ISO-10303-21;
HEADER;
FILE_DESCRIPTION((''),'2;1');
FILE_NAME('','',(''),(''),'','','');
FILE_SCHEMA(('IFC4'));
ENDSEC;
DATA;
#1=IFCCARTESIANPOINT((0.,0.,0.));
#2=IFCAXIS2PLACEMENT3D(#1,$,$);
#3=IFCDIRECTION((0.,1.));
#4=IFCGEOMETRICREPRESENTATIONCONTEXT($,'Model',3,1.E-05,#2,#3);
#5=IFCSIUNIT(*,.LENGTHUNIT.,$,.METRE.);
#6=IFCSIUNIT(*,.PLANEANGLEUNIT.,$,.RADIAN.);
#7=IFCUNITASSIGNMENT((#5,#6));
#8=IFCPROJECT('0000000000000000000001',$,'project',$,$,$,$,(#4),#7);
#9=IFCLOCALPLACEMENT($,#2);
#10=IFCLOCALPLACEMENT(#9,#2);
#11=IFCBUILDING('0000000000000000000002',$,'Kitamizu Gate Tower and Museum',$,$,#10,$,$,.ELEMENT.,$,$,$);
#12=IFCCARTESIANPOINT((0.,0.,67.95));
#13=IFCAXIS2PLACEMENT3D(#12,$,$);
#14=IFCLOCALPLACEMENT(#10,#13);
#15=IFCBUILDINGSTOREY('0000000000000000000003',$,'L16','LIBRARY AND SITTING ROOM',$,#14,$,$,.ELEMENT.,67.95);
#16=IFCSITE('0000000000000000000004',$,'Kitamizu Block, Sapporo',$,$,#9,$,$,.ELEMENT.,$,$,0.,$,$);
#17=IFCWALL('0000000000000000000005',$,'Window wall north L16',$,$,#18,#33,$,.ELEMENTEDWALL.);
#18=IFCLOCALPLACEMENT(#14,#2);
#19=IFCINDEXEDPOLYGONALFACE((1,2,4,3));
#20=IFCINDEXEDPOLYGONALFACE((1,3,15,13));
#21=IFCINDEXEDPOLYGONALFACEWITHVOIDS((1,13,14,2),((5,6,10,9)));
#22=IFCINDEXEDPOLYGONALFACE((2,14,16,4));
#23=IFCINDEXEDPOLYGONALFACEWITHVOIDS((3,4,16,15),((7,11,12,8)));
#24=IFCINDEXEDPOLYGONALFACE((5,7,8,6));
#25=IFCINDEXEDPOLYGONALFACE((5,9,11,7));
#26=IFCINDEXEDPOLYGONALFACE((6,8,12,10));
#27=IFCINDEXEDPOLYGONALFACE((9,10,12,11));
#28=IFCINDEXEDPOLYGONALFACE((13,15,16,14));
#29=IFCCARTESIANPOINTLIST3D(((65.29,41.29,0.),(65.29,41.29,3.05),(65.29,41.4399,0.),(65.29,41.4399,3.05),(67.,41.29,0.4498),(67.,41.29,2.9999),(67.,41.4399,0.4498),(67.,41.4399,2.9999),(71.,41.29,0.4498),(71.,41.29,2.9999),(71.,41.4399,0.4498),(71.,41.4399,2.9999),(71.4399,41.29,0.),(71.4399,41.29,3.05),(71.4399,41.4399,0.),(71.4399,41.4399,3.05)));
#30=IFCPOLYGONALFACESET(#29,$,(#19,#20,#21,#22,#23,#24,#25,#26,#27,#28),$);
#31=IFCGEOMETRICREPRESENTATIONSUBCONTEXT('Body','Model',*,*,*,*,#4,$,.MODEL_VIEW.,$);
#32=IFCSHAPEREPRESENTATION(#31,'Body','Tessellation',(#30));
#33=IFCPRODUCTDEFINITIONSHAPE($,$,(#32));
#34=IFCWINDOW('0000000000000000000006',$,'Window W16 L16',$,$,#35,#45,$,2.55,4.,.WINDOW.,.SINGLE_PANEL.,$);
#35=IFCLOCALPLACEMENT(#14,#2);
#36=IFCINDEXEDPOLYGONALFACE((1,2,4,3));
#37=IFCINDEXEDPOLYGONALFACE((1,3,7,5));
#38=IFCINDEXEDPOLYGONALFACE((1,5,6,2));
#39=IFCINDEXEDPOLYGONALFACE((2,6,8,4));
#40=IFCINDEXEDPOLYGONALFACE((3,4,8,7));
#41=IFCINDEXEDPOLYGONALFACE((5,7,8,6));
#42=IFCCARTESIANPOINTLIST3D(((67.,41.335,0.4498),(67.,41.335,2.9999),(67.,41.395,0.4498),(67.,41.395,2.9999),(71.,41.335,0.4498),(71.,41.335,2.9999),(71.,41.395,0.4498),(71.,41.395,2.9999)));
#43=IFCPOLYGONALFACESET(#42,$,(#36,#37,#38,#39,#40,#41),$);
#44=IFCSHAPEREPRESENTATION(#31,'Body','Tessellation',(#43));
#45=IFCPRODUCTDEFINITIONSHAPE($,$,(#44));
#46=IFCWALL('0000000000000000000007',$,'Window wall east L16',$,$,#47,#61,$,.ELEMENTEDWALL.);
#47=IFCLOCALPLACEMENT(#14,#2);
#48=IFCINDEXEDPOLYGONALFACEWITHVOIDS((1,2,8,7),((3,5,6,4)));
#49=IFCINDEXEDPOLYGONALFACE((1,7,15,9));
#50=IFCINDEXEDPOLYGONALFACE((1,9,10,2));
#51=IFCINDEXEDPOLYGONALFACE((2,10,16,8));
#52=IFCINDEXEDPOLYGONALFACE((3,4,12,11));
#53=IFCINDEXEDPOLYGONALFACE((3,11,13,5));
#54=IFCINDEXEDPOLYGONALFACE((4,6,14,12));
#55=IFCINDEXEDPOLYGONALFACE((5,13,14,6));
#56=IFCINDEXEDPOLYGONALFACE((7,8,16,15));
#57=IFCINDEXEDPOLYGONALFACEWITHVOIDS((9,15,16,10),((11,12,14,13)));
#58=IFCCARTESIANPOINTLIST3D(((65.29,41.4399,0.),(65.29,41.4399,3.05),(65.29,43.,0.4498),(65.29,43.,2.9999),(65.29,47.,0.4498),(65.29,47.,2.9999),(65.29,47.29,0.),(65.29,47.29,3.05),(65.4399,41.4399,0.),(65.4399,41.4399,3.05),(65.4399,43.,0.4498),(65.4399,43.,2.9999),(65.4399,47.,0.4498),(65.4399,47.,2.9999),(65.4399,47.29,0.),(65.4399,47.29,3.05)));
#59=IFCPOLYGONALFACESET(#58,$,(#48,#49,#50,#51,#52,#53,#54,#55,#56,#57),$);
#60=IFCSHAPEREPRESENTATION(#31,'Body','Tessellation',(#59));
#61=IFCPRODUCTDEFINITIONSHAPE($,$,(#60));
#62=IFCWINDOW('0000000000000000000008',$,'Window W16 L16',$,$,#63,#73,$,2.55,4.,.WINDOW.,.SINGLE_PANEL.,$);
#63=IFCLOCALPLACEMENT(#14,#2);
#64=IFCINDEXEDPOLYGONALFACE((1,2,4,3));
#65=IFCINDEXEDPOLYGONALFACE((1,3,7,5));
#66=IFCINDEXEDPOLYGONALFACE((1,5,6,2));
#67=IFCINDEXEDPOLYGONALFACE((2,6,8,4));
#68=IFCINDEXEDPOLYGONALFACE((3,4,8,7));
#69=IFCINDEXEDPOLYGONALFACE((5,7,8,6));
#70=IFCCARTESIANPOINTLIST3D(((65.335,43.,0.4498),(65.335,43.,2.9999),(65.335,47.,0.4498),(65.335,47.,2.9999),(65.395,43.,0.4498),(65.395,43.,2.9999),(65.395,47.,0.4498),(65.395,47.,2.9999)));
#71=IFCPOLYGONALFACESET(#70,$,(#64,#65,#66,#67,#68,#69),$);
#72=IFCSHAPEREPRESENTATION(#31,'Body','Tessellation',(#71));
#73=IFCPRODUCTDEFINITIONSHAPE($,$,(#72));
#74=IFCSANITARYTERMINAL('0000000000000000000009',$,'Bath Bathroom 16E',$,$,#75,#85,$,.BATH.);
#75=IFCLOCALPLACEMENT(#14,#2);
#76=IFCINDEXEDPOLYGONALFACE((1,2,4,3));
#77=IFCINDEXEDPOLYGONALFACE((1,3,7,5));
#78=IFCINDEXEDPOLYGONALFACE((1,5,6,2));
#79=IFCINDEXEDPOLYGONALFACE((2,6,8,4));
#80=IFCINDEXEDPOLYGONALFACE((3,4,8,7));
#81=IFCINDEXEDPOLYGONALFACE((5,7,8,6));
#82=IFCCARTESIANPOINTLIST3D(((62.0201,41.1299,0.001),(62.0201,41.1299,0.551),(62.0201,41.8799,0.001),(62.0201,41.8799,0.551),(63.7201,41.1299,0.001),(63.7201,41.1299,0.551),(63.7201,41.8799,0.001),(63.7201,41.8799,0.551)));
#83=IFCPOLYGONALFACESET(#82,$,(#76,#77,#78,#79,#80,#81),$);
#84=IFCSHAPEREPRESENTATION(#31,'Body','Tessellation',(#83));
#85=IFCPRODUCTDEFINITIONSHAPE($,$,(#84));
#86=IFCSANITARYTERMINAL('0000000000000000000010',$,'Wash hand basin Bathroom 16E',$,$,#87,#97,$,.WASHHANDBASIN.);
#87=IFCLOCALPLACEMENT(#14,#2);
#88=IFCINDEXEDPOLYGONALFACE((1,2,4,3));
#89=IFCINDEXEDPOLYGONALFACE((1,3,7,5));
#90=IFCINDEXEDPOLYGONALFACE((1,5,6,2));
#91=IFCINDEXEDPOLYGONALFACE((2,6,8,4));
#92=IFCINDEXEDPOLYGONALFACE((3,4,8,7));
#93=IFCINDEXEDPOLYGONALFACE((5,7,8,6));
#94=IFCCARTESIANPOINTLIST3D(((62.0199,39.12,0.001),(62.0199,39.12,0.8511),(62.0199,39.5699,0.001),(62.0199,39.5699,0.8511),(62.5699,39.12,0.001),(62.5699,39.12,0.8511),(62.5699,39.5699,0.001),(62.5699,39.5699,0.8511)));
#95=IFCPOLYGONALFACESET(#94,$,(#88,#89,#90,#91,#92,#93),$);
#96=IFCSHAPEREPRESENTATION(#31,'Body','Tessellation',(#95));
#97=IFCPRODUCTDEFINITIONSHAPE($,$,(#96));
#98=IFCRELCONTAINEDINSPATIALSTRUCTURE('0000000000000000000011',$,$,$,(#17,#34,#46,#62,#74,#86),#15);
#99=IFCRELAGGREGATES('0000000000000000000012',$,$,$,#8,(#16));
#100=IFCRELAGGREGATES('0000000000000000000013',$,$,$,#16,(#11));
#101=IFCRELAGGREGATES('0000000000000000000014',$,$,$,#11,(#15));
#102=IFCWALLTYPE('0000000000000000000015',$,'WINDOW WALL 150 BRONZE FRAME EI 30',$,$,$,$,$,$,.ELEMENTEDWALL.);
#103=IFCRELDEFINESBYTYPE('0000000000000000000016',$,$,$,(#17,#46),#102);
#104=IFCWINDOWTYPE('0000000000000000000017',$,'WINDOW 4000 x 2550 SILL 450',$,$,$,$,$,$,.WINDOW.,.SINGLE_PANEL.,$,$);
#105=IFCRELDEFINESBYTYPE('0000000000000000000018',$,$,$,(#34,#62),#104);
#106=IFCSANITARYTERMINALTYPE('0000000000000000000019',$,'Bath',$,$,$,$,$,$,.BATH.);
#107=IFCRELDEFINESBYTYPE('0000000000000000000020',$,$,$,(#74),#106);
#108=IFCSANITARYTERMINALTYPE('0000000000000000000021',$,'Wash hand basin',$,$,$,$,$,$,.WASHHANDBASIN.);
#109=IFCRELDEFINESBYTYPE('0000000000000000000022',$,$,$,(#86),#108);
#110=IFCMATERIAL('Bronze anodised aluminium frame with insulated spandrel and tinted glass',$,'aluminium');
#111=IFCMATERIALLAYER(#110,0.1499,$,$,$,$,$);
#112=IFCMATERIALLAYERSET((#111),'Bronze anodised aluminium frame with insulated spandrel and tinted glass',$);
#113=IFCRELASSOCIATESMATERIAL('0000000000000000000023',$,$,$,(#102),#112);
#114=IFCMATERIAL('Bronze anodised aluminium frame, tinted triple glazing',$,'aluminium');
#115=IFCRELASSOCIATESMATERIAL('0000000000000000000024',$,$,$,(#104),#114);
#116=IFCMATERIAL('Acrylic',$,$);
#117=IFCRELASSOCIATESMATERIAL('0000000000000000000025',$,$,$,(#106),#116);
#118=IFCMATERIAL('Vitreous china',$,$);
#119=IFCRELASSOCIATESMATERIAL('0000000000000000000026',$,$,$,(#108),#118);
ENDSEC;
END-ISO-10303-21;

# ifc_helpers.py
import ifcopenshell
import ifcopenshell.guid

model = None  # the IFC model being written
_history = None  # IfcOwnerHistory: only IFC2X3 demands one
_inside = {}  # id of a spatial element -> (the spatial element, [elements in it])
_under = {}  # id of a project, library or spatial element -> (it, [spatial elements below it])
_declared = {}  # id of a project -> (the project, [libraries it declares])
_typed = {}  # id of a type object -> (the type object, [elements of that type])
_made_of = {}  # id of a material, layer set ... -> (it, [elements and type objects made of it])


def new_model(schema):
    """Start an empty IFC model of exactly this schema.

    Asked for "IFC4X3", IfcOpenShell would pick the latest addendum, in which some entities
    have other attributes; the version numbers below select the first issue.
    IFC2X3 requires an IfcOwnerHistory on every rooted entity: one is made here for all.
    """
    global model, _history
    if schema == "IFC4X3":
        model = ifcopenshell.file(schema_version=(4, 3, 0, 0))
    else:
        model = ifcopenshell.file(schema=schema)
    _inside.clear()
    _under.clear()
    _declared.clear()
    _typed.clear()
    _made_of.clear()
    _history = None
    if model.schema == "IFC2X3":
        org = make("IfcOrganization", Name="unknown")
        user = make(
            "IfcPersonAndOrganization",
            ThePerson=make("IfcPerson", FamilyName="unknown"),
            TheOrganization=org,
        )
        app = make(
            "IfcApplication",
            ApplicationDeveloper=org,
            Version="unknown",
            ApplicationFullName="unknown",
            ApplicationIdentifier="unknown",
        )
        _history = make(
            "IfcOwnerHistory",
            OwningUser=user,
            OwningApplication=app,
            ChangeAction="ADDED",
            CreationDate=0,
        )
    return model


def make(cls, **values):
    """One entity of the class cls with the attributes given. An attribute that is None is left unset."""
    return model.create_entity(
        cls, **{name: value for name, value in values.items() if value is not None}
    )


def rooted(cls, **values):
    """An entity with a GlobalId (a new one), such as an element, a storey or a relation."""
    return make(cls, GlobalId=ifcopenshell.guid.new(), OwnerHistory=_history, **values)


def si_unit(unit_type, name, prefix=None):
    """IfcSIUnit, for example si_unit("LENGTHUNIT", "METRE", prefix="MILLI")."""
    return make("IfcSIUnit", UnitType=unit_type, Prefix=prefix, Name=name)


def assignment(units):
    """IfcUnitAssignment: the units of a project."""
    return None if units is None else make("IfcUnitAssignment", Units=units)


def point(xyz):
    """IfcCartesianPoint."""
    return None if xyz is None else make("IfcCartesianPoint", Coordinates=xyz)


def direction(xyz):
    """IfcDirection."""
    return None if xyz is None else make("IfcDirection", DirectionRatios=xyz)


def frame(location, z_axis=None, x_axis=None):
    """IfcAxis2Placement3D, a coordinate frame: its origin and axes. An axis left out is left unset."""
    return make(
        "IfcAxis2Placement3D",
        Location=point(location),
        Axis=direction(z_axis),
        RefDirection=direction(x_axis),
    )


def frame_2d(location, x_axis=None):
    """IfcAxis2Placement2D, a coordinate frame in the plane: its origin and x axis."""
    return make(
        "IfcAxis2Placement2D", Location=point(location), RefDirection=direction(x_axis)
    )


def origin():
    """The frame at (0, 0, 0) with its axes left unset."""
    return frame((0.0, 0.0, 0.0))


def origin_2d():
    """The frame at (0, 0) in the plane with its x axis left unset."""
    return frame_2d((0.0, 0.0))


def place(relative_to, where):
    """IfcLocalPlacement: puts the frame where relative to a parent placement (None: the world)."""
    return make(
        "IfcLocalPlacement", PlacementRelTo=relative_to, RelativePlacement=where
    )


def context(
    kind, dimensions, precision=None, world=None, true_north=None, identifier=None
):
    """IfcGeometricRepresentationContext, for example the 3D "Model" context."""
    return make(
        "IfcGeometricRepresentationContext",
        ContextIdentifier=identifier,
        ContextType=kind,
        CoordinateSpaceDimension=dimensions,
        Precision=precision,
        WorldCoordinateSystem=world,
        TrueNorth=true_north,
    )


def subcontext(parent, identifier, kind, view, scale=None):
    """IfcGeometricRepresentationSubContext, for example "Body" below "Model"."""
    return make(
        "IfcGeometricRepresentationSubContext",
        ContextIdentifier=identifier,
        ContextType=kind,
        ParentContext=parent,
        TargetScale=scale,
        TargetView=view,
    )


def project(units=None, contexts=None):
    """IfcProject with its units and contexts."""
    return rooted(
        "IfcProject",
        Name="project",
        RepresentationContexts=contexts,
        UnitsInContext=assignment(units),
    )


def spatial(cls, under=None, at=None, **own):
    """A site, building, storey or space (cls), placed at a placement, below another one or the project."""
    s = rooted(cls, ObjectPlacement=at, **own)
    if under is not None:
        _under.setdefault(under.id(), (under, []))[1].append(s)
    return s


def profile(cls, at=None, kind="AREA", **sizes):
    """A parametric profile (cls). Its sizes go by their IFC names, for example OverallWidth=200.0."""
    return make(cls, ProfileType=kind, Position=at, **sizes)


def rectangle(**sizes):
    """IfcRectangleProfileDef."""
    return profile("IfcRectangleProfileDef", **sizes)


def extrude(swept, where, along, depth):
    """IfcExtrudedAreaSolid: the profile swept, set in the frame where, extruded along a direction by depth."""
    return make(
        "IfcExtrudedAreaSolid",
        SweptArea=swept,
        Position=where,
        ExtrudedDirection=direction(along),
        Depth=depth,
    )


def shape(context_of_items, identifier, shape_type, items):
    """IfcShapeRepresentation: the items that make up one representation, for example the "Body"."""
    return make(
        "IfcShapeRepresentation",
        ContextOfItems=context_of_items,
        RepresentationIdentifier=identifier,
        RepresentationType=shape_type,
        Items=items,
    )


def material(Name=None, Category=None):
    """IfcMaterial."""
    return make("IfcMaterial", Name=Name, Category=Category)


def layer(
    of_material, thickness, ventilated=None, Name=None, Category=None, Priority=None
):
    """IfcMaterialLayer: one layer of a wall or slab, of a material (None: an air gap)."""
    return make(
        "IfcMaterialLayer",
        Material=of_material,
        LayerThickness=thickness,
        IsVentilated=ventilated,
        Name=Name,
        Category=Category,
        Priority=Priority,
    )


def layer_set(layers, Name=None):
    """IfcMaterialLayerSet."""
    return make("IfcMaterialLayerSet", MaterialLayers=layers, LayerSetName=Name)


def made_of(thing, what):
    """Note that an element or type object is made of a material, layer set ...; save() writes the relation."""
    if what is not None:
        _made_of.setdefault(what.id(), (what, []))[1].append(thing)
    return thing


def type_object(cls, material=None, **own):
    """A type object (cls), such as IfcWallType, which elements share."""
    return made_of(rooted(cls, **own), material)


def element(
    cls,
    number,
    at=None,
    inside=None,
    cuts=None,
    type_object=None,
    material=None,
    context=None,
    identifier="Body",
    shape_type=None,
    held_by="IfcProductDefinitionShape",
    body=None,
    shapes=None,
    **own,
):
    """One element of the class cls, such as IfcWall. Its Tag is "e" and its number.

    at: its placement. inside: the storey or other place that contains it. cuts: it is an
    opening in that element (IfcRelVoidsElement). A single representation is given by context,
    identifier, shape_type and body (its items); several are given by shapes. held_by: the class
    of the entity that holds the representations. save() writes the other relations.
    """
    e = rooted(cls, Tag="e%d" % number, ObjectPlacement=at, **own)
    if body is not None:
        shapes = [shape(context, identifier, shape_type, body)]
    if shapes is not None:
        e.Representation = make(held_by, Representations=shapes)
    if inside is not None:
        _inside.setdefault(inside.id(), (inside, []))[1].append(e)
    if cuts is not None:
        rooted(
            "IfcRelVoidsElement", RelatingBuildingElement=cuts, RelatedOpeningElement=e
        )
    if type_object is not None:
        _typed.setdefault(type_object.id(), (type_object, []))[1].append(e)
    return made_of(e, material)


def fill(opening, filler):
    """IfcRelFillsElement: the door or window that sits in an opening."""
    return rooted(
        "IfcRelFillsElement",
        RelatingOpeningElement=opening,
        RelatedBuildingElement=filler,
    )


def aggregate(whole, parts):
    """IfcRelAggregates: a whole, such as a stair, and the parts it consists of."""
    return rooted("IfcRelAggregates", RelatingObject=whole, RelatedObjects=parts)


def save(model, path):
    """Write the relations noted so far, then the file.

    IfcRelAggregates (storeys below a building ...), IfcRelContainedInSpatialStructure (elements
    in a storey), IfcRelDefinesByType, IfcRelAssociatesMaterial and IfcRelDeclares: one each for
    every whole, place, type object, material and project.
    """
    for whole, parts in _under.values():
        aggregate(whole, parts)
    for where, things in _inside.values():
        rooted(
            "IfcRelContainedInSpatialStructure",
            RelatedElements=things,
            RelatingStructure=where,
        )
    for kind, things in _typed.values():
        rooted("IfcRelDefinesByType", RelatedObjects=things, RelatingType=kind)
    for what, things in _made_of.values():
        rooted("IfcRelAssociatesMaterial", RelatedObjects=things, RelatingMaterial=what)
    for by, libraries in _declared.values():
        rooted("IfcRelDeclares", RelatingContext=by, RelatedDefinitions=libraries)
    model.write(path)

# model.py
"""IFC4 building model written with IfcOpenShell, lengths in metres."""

from ifc_helpers import new_model, si_unit, direction, frame, frame_2d, origin, origin_2d, place, context, subcontext, project, spatial, rectangle, extrude, material, layer, layer_set, type_object, element, fill, save


model = new_model("IFC4")

# Units and contexts
model_context = context("Model", 3, precision=1e-05, world=origin(), true_north=direction((0.0, 1.0)))
body_context = subcontext(model_context, "Body", "Model", "MODEL_VIEW")
ifc_project = project(units=[si_unit("LENGTHUNIT", "METRE"), si_unit("PLANEANGLEUNIT", "RADIAN")], contexts=[model_context])

# Site, building, storey
site_placement = place(None, origin())
site = spatial("IfcSite", under=ifc_project, at=site_placement, Name="Kitamizu Block, Sapporo", CompositionType="ELEMENT", RefElevation=0.0)
building_placement = place(site_placement, origin())
building = spatial("IfcBuilding", under=site, at=building_placement, Name="Kitamizu Gate Tower and Museum", CompositionType="ELEMENT")
storey_placement = place(building_placement, frame((0.0, 0.0, 67.95)))
storey = spatial("IfcBuildingStorey", under=building, at=storey_placement, Name="L16", Description="LIBRARY AND SITTING ROOM", CompositionType="ELEMENT", Elevation=67.95)

# Walls, openings, windows
ifc_material_1 = material(Name="Bronze anodised aluminium frame with insulated spandrel and tinted glass", Category="aluminium")
ifc_layer_1 = layer(ifc_material_1, 0.1499)
ifc_layer_set_1 = layer_set([ifc_layer_1], Name="Bronze anodised aluminium frame with insulated spandrel and tinted glass")
wall_type_1 = type_object("IfcWallType", Name="WINDOW WALL 150 BRONZE FRAME EI 30", PredefinedType="ELEMENTEDWALL", material=ifc_layer_set_1)
wall_1_placement = place(storey_placement, frame((65.29, 41.365, 0.0), z_axis=(0.0, 0.0, 1.0), x_axis=(1.0, 0.0, 0.0)))
wall_1 = element("IfcWall", 1, at=wall_1_placement, inside=storey, type_object=wall_type_1, Name="Window wall north L16", PredefinedType="ELEMENTEDWALL", context=body_context, shape_type="SweptSolid", body=[
    extrude(rectangle(XDim=6.1499, YDim=0.1499, at=frame_2d((3.075, 0.0))), origin(), (0.0, 0.0, 1.0), 3.05),
])
opening_1_placement = place(wall_1_placement, frame((1.71, 0.0, 0.45)))
opening_1 = element("IfcOpeningElement", 2, at=opening_1_placement, cuts=wall_1, PredefinedType="OPENING", context=body_context, shape_type="SweptSolid", body=[
    extrude(rectangle(XDim=4.0, YDim=2.55, at=frame_2d((2.0, 1.2749))), frame((0.0, 0.085, 0.0), z_axis=(0.0, -1.0, 0.0), x_axis=(1.0, 0.0, 0.0)), (0.0, 0.0, 1.0), 0.1699),
])
ifc_material_2 = material(Name="Bronze anodised aluminium frame, tinted triple glazing", Category="aluminium")
window_type = type_object("IfcWindowType", Name="WINDOW 4000 x 2550 SILL 450", PartitioningType="SINGLE_PANEL", PredefinedType="WINDOW", material=ifc_material_2)
window_1_placement = place(opening_1_placement, origin())
window_1 = element("IfcWindow", 3, at=window_1_placement, inside=storey, type_object=window_type, Name="Window W16 L16", OverallHeight=2.55, OverallWidth=4.0, PartitioningType="SINGLE_PANEL", PredefinedType="WINDOW", context=body_context, shape_type="SweptSolid", body=[
    extrude(rectangle(XDim=4.0, YDim=2.55, at=frame_2d((2.0, 1.2749))), frame((0.0, 0.03, 0.0), z_axis=(0.0, -1.0, 0.0), x_axis=(1.0, 0.0, 0.0)), (0.0, 0.0, 1.0), 0.0601),
])
fill(opening_1, window_1)
wall_2_placement = place(storey_placement, frame((65.365, 41.4399, 0.0), z_axis=(0.0, 0.0, 1.0), x_axis=(0.0, 1.0, 0.0)))
wall_2 = element("IfcWall", 4, at=wall_2_placement, inside=storey, type_object=wall_type_1, Name="Window wall east L16", PredefinedType="ELEMENTEDWALL", context=body_context, shape_type="SweptSolid", body=[
    extrude(rectangle(XDim=5.8501, YDim=0.1499, at=frame_2d((2.925, 0.0))), origin(), (0.0, 0.0, 1.0), 3.05),
])
opening_2_placement = place(wall_2_placement, frame((1.5601, 0.0, 0.45)))
opening_2 = element("IfcOpeningElement", 5, at=opening_2_placement, cuts=wall_2, PredefinedType="OPENING", context=body_context, shape_type="SweptSolid", body=[
    extrude(rectangle(XDim=4.0, YDim=2.55, at=frame_2d((2.0, 1.2749))), frame((0.0, 0.085, 0.0), z_axis=(0.0, -1.0, 0.0), x_axis=(1.0, 0.0, 0.0)), (0.0, 0.0, 1.0), 0.1699),
])
window_2_placement = place(opening_2_placement, origin())
window_2 = element("IfcWindow", 6, at=window_2_placement, inside=storey, type_object=window_type, Name="Window W16 L16", OverallHeight=2.55, OverallWidth=4.0, PartitioningType="SINGLE_PANEL", PredefinedType="WINDOW", context=body_context, shape_type="SweptSolid", body=[
    extrude(rectangle(XDim=4.0, YDim=2.55, at=frame_2d((2.0, 1.2749))), frame((0.0, 0.03, 0.0), z_axis=(0.0, -1.0, 0.0), x_axis=(1.0, 0.0, 0.0)), (0.0, 0.0, 1.0), 0.0601),
])
fill(opening_2, window_2)

# Sanitary terminals
ifc_material_3 = material(Name="Acrylic")
sanitary_terminal_type_1 = type_object("IfcSanitaryTerminalType", Name="Bath", PredefinedType="BATH", material=ifc_material_3)
sanitary_terminal_1_placement = place(storey_placement, frame((62.8701, 41.5049, 0.001), z_axis=(0.0, 0.0, 1.0), x_axis=(1.0, 0.0, 0.0)))
element("IfcSanitaryTerminal", 7, at=sanitary_terminal_1_placement, inside=storey, type_object=sanitary_terminal_type_1, Name="Bath Bathroom 16E", PredefinedType="BATH", context=body_context, shape_type="SweptSolid", body=[
    extrude(rectangle(XDim=1.7, YDim=0.75, at=origin_2d()), origin(), (0.0, 0.0, 1.0), 0.55),
])
ifc_material_4 = material(Name="Vitreous china")
sanitary_terminal_type_2 = type_object("IfcSanitaryTerminalType", Name="Wash hand basin", PredefinedType="WASHHANDBASIN", material=ifc_material_4)
sanitary_terminal_2_placement = place(storey_placement, frame((62.2949, 39.345, 0.001), z_axis=(0.0, 0.0, 1.0), x_axis=(1.0, 0.0, 0.0)))
element("IfcSanitaryTerminal", 8, at=sanitary_terminal_2_placement, inside=storey, type_object=sanitary_terminal_type_2, Name="Wash hand basin Bathroom 16E", PredefinedType="WASHHANDBASIN", context=body_context, shape_type="SweptSolid", body=[
    extrude(rectangle(XDim=0.55, YDim=0.45, at=origin_2d()), origin(), (0.0, 0.0, 1.0), 0.8501),
])

save(model, "model.ifc")
